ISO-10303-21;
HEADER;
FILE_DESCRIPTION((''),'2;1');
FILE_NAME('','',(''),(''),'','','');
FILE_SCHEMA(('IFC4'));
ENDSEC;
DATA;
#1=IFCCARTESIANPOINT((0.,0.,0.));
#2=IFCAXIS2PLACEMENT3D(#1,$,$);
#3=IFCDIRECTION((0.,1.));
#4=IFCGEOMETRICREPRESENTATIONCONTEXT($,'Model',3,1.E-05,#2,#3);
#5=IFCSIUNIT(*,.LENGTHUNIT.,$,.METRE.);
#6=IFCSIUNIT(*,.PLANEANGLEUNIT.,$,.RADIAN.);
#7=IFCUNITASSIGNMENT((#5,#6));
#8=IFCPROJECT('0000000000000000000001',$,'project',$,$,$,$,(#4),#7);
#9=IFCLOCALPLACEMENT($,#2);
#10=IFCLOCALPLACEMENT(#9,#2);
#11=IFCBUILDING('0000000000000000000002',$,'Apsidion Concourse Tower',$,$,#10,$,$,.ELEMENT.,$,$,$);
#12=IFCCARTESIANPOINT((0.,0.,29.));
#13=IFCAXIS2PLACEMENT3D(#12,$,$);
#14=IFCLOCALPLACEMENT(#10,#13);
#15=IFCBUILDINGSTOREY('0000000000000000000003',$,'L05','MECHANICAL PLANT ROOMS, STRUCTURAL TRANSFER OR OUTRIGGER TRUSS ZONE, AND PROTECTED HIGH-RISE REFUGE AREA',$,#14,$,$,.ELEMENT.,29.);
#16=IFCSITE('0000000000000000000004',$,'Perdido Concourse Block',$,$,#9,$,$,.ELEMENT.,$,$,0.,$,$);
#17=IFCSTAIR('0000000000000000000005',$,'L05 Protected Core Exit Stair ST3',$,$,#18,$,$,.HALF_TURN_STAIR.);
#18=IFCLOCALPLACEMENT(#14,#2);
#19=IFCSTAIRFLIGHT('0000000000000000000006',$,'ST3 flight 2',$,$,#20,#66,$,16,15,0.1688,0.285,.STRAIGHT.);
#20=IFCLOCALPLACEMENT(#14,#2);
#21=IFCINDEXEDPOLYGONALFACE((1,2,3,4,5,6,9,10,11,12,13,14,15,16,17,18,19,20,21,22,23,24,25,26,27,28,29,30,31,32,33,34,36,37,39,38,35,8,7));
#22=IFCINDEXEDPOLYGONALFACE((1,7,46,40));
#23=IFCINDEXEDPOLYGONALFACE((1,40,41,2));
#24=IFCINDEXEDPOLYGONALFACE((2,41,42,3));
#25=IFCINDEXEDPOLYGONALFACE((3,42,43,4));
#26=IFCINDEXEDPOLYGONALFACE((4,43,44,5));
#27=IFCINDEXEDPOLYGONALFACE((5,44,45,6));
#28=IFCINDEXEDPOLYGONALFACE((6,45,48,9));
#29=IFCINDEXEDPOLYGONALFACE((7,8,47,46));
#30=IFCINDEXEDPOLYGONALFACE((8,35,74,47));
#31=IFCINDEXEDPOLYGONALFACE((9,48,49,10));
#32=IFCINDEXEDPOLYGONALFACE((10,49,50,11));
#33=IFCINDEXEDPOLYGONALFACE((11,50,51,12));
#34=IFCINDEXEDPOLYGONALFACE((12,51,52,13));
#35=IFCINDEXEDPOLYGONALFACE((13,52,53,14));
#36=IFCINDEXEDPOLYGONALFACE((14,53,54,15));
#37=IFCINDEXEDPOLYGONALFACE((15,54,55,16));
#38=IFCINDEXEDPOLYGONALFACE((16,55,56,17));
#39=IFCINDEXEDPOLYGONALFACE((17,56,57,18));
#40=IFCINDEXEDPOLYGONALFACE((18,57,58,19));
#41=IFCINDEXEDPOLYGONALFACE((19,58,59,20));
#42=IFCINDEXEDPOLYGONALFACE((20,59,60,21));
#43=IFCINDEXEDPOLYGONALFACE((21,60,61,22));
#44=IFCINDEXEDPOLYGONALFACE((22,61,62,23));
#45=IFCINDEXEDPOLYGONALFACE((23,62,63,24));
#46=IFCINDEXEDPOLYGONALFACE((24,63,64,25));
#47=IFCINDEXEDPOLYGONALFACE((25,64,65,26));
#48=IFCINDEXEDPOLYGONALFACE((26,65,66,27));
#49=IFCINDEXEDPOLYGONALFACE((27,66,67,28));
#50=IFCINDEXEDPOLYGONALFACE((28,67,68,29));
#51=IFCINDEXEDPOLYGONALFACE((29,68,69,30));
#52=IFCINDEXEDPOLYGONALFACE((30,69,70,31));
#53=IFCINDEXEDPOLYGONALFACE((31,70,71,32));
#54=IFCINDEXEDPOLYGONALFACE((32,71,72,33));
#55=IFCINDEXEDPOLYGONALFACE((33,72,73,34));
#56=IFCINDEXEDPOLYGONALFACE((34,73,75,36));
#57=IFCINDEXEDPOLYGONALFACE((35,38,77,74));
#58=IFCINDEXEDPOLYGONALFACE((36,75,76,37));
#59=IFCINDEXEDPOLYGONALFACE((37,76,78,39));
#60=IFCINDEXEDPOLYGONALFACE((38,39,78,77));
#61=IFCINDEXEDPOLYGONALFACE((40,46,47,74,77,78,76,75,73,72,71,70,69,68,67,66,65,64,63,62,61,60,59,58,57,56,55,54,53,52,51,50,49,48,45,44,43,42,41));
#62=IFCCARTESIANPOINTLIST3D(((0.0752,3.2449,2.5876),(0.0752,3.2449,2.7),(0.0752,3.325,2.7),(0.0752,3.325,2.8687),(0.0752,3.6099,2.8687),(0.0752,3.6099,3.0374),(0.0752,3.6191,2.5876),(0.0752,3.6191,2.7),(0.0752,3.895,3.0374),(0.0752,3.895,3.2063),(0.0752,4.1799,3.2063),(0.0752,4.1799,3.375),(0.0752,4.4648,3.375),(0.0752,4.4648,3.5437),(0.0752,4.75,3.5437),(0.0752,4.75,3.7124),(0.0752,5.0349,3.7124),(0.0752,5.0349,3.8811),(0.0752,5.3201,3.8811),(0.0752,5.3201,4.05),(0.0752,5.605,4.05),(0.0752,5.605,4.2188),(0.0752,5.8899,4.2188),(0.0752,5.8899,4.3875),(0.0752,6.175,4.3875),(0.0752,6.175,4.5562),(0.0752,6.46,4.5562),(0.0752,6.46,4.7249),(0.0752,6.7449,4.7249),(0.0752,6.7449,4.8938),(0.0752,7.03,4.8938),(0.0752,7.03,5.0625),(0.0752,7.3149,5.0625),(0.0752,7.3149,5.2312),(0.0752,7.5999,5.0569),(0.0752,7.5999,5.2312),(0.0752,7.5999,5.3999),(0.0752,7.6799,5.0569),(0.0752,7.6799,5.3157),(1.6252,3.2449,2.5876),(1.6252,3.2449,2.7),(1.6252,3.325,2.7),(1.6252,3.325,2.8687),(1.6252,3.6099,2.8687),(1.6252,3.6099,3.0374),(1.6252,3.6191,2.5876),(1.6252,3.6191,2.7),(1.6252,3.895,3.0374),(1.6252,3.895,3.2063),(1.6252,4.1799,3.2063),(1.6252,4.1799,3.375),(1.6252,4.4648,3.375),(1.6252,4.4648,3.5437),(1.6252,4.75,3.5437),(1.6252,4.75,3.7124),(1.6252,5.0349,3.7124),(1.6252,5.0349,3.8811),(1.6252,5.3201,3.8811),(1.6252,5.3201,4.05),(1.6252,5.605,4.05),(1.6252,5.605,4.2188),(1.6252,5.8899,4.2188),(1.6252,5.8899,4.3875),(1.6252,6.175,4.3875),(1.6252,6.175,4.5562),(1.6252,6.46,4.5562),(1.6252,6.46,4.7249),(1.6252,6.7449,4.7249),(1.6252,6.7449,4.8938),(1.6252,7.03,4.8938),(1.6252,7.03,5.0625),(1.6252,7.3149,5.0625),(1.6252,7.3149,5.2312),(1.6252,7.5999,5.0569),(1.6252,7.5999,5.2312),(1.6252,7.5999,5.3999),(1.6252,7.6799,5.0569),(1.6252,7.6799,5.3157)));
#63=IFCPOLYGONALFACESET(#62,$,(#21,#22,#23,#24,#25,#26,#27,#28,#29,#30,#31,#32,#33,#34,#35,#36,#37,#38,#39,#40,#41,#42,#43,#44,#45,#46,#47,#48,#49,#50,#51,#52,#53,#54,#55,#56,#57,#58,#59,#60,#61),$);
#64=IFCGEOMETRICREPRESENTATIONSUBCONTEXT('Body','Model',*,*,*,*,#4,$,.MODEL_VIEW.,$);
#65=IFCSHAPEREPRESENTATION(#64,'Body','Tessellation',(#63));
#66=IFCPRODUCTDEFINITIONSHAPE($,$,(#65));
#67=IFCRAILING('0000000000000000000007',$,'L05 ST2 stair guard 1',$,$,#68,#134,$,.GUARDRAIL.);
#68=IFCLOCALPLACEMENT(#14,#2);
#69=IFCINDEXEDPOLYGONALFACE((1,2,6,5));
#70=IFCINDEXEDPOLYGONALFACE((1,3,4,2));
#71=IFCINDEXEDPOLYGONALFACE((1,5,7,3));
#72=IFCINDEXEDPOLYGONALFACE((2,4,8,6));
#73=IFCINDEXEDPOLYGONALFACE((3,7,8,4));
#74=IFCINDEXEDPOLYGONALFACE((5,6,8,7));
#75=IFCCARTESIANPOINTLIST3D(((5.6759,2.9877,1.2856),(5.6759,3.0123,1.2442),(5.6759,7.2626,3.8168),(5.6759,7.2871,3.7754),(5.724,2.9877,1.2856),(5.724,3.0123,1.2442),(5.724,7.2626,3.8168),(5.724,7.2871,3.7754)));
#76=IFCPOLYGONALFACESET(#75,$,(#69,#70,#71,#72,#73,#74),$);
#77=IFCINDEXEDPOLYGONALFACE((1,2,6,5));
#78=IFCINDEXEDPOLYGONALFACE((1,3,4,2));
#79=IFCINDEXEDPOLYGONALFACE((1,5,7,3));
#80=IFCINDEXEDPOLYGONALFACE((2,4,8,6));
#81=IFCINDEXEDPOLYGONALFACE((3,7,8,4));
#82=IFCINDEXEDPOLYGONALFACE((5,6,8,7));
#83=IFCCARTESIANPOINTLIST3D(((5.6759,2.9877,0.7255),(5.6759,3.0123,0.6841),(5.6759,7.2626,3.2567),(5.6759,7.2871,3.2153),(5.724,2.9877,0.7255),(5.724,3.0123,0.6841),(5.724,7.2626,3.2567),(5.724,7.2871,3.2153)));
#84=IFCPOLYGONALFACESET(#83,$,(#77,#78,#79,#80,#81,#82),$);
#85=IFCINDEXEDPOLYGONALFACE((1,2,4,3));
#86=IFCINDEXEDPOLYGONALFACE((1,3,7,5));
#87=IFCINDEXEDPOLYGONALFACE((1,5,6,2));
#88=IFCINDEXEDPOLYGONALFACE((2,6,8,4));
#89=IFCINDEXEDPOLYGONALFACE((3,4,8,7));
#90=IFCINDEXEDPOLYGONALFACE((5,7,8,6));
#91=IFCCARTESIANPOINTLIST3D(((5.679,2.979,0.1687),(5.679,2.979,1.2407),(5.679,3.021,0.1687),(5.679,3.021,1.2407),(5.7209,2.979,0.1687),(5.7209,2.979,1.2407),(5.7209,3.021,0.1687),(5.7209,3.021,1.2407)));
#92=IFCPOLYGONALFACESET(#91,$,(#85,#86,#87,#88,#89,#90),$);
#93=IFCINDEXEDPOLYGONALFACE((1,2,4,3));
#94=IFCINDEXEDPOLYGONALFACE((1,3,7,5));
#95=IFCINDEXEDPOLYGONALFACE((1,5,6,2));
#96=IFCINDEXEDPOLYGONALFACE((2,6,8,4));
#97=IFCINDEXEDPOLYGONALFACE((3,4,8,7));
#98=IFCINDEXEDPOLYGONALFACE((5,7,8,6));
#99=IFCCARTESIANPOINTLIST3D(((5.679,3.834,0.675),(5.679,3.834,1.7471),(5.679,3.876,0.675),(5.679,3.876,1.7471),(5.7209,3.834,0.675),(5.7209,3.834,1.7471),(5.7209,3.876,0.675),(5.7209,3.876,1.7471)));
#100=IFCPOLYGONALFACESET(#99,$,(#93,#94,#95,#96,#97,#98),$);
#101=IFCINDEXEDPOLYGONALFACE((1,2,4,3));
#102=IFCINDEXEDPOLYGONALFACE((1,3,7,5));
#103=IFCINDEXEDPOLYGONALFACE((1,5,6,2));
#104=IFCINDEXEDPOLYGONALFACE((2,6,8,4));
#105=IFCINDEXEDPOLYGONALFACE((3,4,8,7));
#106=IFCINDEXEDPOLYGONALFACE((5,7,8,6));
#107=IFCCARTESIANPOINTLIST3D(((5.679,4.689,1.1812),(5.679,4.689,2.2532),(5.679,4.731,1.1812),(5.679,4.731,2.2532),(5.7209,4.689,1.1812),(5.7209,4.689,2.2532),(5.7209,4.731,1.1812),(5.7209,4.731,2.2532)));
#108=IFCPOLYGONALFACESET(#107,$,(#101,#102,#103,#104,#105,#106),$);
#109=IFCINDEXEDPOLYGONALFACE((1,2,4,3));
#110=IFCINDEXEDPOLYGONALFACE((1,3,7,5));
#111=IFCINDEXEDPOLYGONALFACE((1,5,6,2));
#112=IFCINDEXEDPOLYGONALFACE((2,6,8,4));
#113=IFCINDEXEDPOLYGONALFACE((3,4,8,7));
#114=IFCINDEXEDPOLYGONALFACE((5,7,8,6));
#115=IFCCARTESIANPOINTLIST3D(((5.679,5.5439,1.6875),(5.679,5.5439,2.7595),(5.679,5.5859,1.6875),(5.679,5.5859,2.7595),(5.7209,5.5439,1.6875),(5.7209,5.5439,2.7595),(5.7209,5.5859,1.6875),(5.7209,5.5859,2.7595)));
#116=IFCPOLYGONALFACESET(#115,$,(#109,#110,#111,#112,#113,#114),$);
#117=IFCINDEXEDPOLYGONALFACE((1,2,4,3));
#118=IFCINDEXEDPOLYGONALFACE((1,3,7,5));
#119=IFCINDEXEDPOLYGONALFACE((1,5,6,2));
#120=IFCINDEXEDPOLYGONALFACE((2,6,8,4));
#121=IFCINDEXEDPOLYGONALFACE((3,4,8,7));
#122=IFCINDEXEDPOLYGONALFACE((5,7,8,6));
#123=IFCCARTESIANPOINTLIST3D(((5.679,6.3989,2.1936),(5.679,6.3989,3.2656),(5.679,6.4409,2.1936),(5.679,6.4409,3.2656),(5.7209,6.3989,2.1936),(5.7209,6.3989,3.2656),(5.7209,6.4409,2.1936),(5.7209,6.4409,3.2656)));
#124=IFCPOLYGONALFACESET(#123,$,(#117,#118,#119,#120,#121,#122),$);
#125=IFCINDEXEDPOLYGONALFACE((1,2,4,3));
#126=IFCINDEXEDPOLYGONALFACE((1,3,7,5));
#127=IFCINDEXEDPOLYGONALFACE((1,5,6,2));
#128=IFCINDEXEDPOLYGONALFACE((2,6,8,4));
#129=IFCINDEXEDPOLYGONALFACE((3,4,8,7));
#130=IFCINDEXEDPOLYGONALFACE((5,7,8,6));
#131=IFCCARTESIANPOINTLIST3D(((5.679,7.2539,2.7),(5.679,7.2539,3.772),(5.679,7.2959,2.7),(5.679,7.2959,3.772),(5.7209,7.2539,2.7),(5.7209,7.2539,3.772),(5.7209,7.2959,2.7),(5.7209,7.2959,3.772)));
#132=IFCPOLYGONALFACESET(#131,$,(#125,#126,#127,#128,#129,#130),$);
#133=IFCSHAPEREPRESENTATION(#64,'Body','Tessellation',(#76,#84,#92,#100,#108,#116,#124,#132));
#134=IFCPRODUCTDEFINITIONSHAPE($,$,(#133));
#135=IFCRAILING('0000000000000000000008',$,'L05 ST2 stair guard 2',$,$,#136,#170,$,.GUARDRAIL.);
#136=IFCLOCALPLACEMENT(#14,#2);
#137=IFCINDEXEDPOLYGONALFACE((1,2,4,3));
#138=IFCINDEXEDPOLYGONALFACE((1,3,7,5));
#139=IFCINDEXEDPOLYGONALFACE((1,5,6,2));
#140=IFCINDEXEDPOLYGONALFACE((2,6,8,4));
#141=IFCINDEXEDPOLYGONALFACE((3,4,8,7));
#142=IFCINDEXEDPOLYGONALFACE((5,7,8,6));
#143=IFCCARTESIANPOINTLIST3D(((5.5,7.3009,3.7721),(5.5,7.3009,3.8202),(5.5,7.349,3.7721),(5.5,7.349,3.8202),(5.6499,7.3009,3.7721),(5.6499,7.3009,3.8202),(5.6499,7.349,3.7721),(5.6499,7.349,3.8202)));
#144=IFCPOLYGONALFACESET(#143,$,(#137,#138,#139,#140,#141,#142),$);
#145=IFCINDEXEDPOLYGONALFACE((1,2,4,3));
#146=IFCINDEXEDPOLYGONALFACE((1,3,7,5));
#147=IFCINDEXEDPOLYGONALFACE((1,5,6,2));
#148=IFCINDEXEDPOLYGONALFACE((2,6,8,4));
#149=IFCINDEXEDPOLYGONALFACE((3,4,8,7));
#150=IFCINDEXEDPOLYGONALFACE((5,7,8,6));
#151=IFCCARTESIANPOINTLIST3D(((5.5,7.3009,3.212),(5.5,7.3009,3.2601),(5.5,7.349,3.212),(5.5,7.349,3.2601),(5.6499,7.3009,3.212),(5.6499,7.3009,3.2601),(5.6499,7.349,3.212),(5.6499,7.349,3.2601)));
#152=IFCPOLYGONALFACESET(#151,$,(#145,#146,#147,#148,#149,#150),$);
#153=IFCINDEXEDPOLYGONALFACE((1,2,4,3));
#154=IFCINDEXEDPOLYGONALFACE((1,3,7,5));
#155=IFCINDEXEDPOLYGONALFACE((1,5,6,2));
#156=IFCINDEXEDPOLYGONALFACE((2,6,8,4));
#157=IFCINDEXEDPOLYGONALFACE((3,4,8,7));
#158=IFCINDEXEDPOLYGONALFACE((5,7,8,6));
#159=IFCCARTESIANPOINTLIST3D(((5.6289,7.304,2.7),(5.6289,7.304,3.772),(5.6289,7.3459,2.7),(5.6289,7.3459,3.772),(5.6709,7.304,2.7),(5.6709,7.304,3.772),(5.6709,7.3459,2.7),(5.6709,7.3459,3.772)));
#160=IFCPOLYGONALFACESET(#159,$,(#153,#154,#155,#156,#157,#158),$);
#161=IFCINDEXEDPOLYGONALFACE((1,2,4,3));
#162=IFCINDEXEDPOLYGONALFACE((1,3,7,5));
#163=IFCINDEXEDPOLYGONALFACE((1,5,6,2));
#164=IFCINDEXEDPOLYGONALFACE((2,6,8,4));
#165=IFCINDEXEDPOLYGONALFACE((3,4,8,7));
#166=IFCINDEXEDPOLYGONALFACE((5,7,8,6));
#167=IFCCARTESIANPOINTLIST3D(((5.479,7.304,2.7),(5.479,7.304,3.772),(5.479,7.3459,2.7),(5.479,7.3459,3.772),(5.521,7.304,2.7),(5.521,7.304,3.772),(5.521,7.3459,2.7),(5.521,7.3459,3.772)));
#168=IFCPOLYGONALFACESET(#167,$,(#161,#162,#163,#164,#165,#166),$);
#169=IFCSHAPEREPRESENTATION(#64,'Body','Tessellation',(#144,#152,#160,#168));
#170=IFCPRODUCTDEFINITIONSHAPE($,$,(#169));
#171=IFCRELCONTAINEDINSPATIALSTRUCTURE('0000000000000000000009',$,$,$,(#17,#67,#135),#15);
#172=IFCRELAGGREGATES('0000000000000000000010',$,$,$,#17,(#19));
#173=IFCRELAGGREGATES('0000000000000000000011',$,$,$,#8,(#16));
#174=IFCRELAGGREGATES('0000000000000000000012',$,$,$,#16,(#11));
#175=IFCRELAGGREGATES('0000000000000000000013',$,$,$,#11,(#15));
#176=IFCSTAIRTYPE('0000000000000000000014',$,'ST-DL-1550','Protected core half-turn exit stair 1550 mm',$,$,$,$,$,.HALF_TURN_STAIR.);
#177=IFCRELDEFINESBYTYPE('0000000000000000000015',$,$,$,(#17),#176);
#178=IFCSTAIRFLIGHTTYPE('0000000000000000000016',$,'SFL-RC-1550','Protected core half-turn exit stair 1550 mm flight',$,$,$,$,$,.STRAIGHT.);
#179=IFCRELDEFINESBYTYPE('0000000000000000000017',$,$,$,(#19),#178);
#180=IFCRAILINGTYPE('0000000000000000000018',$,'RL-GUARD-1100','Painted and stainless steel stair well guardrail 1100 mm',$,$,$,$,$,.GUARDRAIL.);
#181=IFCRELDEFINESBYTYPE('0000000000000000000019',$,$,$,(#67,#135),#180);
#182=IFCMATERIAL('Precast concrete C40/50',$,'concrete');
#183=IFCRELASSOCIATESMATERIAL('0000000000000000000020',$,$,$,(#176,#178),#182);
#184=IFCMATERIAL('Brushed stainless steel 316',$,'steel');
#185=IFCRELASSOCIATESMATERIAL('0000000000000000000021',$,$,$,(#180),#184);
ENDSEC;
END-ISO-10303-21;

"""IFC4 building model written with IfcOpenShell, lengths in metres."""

from ifc_helpers import new_model, si_unit, direction, frame, origin, origin_2d, place, context, subcontext, project, spatial, polyline, rectangle, outline, extrude, material, type_object, element, aggregate, save


model = new_model("IFC4")

# Units and contexts
model_context = context("Model", 3, precision=1e-05, world=origin(), true_north=direction((0.0, 1.0)))
body_context = subcontext(model_context, "Body", "Model", "MODEL_VIEW")
ifc_project = project(units=[si_unit("LENGTHUNIT", "METRE"), si_unit("PLANEANGLEUNIT", "RADIAN")], contexts=[model_context])

# Site, building, storey
site_placement = place(None, origin())
site = spatial("IfcSite", under=ifc_project, at=site_placement, Name="Perdido Concourse Block", CompositionType="ELEMENT", RefElevation=0.0)
building_placement = place(site_placement, origin())
building = spatial("IfcBuilding", under=site, at=building_placement, Name="Apsidion Concourse Tower", CompositionType="ELEMENT")
storey_placement = place(building_placement, frame((0.0, 0.0, 29.0)))
storey = spatial("IfcBuildingStorey", under=building, at=storey_placement, Name="L05", Description="MECHANICAL PLANT ROOMS, STRUCTURAL TRANSFER OR OUTRIGGER TRUSS ZONE, AND PROTECTED HIGH-RISE REFUGE AREA", CompositionType="ELEMENT", Elevation=29.0)

# Stair
ifc_material_1 = material(Name="Precast concrete C40/50", Category="concrete")
stair_type = type_object("IfcStairType", Name="ST-DL-1550", Description="Protected core half-turn exit stair 1550 mm", PredefinedType="HALF_TURN_STAIR", material=ifc_material_1)
stair_1_placement = place(storey_placement, origin())
stair_1 = element("IfcStair", 1, at=stair_1_placement, inside=storey, type_object=stair_type, Name="L05 Protected Core Exit Stair ST3", PredefinedType="HALF_TURN_STAIR")

# Stair flight
stair_flight_type = type_object("IfcStairFlightType", Name="SFL-RC-1550", Description="Protected core half-turn exit stair 1550 mm flight", PredefinedType="STRAIGHT", material=ifc_material_1)
stair_flight_1_placement = place(storey_placement, frame((0.8501, 3.325, 2.7), z_axis=(0.0, 0.0, 1.0), x_axis=(0.0, 1.0, 0.0)))
stair_flight_1 = element("IfcStairFlight", 2, at=stair_flight_1_placement, type_object=stair_flight_type, Name="ST3 flight 2", NumberOfRisers=16, NumberOfTreads=15, PredefinedType="STRAIGHT", RiserHeight=0.1688, TreadLength=0.285, context=body_context, shape_type="SweptSolid", body=[
    extrude(outline(polyline([(-0.0801, -0.1123), (-0.0801, 0.0), (0.0, 0.0), (0.0, 0.1687), (0.2849, 0.1687), (0.2849, 0.3374), (0.5701, 0.3374), (0.5701, 0.5063), (0.855, 0.5063), (0.855, 0.675), (1.1399, 0.675), (1.1399, 0.8438), (1.425, 0.8438), (1.425, 1.0125), (1.71, 1.0125), (1.71, 1.1812), (1.9951, 1.1812), (1.9951, 1.3501), (2.28, 1.3501), (2.28, 1.5188), (2.5649, 1.5188), (2.5649, 1.6875), (2.8501, 1.6875), (2.8501, 1.8562), (3.135, 1.8562), (3.135, 2.0249), (3.4199, 2.0249), (3.4199, 2.1938), (3.7051, 2.1938), (3.7051, 2.3625), (3.99, 2.3625), (3.99, 2.5312), (4.2749, 2.5312), (4.2749, 2.7), (4.355, 2.6157), (4.355, 2.3569), (4.2749, 2.3569), (0.2942, 0.0), (0.2942, -0.1123), (-0.0801, -0.1123)])), frame((0.0, 0.7749, 0.0), z_axis=(0.0, -1.0, 0.0), x_axis=(1.0, 0.0, 0.0)), (0.0, 0.0, 1.0), 1.55),
])
aggregate(stair_1, [stair_flight_1])

# Railings
ifc_material_2 = material(Name="Brushed stainless steel 316", Category="steel")
railing_type_1 = type_object("IfcRailingType", Name="RL-GUARD-1100", Description="Painted and stainless steel stair well guardrail 1100 mm", PredefinedType="GUARDRAIL", material=ifc_material_2)
railing_1_placement = place(storey_placement, frame((5.7, 3.0, 0.1687)))
element("IfcRailing", 3, at=railing_1_placement, inside=storey, type_object=railing_type_1, Name="L05 ST2 stair guard 1", PredefinedType="GUARDRAIL", context=body_context, shape_type="SweptSolid", body=[
    extrude(rectangle(XDim=0.0481, YDim=0.0481, at=origin_2d()), frame((0.0, 0.0, 1.0962), z_axis=(0.0, 0.86047, 0.509501), x_axis=(-1.0, 0.0, 0.0)), (0.0, 0.0, 1.0), 4.968),
    extrude(rectangle(XDim=0.0481, YDim=0.0481, at=origin_2d()), frame((0.0, 0.0, 0.5361), z_axis=(0.0, 0.86047, 0.509501), x_axis=(-1.0, 0.0, 0.0)), (0.0, 0.0, 1.0), 4.968),
    extrude(rectangle(XDim=0.042, YDim=0.042, at=origin_2d()), origin(), (0.0, 0.0, 1.0), 1.072),
    extrude(rectangle(XDim=0.042, YDim=0.042, at=origin_2d()), frame((0.0, 0.855, 0.5063)), (0.0, 0.0, 1.0), 1.072),
    extrude(rectangle(XDim=0.042, YDim=0.042, at=origin_2d()), frame((0.0, 1.71, 1.0125)), (0.0, 0.0, 1.0), 1.072),
    extrude(rectangle(XDim=0.042, YDim=0.042, at=origin_2d()), frame((0.0, 2.5649, 1.5188)), (0.0, 0.0, 1.0), 1.072),
    extrude(rectangle(XDim=0.042, YDim=0.042, at=origin_2d()), frame((0.0, 3.4199, 2.0249)), (0.0, 0.0, 1.0), 1.072),
    extrude(rectangle(XDim=0.042, YDim=0.042, at=origin_2d()), frame((0.0, 4.2749, 2.5312)), (0.0, 0.0, 1.0), 1.072),
])
railing_2_placement = place(storey_placement, frame((5.6499, 7.325, 2.7)))
element("IfcRailing", 4, at=railing_2_placement, inside=storey, type_object=railing_type_1, Name="L05 ST2 stair guard 2", PredefinedType="GUARDRAIL", context=body_context, shape_type="SweptSolid", body=[
    extrude(rectangle(XDim=0.0481, YDim=0.0481, at=origin_2d()), frame((0.0, 0.0, 1.0962), z_axis=(-1.0, 0.0, 0.0), x_axis=(0.0, -1.0, 0.0)), (0.0, 0.0, 1.0), 0.1499),
    extrude(rectangle(XDim=0.0481, YDim=0.0481, at=origin_2d()), frame((0.0, 0.0, 0.5361), z_axis=(-1.0, 0.0, 0.0), x_axis=(0.0, -1.0, 0.0)), (0.0, 0.0, 1.0), 0.1499),
    extrude(rectangle(XDim=0.042, YDim=0.042, at=origin_2d()), origin(), (0.0, 0.0, 1.0), 1.072),
    extrude(rectangle(XDim=0.042, YDim=0.042, at=origin_2d()), frame((-0.1499, 0.0, 0.0)), (0.0, 0.0, 1.0), 1.072),
])

save(model, "model.ifc")
